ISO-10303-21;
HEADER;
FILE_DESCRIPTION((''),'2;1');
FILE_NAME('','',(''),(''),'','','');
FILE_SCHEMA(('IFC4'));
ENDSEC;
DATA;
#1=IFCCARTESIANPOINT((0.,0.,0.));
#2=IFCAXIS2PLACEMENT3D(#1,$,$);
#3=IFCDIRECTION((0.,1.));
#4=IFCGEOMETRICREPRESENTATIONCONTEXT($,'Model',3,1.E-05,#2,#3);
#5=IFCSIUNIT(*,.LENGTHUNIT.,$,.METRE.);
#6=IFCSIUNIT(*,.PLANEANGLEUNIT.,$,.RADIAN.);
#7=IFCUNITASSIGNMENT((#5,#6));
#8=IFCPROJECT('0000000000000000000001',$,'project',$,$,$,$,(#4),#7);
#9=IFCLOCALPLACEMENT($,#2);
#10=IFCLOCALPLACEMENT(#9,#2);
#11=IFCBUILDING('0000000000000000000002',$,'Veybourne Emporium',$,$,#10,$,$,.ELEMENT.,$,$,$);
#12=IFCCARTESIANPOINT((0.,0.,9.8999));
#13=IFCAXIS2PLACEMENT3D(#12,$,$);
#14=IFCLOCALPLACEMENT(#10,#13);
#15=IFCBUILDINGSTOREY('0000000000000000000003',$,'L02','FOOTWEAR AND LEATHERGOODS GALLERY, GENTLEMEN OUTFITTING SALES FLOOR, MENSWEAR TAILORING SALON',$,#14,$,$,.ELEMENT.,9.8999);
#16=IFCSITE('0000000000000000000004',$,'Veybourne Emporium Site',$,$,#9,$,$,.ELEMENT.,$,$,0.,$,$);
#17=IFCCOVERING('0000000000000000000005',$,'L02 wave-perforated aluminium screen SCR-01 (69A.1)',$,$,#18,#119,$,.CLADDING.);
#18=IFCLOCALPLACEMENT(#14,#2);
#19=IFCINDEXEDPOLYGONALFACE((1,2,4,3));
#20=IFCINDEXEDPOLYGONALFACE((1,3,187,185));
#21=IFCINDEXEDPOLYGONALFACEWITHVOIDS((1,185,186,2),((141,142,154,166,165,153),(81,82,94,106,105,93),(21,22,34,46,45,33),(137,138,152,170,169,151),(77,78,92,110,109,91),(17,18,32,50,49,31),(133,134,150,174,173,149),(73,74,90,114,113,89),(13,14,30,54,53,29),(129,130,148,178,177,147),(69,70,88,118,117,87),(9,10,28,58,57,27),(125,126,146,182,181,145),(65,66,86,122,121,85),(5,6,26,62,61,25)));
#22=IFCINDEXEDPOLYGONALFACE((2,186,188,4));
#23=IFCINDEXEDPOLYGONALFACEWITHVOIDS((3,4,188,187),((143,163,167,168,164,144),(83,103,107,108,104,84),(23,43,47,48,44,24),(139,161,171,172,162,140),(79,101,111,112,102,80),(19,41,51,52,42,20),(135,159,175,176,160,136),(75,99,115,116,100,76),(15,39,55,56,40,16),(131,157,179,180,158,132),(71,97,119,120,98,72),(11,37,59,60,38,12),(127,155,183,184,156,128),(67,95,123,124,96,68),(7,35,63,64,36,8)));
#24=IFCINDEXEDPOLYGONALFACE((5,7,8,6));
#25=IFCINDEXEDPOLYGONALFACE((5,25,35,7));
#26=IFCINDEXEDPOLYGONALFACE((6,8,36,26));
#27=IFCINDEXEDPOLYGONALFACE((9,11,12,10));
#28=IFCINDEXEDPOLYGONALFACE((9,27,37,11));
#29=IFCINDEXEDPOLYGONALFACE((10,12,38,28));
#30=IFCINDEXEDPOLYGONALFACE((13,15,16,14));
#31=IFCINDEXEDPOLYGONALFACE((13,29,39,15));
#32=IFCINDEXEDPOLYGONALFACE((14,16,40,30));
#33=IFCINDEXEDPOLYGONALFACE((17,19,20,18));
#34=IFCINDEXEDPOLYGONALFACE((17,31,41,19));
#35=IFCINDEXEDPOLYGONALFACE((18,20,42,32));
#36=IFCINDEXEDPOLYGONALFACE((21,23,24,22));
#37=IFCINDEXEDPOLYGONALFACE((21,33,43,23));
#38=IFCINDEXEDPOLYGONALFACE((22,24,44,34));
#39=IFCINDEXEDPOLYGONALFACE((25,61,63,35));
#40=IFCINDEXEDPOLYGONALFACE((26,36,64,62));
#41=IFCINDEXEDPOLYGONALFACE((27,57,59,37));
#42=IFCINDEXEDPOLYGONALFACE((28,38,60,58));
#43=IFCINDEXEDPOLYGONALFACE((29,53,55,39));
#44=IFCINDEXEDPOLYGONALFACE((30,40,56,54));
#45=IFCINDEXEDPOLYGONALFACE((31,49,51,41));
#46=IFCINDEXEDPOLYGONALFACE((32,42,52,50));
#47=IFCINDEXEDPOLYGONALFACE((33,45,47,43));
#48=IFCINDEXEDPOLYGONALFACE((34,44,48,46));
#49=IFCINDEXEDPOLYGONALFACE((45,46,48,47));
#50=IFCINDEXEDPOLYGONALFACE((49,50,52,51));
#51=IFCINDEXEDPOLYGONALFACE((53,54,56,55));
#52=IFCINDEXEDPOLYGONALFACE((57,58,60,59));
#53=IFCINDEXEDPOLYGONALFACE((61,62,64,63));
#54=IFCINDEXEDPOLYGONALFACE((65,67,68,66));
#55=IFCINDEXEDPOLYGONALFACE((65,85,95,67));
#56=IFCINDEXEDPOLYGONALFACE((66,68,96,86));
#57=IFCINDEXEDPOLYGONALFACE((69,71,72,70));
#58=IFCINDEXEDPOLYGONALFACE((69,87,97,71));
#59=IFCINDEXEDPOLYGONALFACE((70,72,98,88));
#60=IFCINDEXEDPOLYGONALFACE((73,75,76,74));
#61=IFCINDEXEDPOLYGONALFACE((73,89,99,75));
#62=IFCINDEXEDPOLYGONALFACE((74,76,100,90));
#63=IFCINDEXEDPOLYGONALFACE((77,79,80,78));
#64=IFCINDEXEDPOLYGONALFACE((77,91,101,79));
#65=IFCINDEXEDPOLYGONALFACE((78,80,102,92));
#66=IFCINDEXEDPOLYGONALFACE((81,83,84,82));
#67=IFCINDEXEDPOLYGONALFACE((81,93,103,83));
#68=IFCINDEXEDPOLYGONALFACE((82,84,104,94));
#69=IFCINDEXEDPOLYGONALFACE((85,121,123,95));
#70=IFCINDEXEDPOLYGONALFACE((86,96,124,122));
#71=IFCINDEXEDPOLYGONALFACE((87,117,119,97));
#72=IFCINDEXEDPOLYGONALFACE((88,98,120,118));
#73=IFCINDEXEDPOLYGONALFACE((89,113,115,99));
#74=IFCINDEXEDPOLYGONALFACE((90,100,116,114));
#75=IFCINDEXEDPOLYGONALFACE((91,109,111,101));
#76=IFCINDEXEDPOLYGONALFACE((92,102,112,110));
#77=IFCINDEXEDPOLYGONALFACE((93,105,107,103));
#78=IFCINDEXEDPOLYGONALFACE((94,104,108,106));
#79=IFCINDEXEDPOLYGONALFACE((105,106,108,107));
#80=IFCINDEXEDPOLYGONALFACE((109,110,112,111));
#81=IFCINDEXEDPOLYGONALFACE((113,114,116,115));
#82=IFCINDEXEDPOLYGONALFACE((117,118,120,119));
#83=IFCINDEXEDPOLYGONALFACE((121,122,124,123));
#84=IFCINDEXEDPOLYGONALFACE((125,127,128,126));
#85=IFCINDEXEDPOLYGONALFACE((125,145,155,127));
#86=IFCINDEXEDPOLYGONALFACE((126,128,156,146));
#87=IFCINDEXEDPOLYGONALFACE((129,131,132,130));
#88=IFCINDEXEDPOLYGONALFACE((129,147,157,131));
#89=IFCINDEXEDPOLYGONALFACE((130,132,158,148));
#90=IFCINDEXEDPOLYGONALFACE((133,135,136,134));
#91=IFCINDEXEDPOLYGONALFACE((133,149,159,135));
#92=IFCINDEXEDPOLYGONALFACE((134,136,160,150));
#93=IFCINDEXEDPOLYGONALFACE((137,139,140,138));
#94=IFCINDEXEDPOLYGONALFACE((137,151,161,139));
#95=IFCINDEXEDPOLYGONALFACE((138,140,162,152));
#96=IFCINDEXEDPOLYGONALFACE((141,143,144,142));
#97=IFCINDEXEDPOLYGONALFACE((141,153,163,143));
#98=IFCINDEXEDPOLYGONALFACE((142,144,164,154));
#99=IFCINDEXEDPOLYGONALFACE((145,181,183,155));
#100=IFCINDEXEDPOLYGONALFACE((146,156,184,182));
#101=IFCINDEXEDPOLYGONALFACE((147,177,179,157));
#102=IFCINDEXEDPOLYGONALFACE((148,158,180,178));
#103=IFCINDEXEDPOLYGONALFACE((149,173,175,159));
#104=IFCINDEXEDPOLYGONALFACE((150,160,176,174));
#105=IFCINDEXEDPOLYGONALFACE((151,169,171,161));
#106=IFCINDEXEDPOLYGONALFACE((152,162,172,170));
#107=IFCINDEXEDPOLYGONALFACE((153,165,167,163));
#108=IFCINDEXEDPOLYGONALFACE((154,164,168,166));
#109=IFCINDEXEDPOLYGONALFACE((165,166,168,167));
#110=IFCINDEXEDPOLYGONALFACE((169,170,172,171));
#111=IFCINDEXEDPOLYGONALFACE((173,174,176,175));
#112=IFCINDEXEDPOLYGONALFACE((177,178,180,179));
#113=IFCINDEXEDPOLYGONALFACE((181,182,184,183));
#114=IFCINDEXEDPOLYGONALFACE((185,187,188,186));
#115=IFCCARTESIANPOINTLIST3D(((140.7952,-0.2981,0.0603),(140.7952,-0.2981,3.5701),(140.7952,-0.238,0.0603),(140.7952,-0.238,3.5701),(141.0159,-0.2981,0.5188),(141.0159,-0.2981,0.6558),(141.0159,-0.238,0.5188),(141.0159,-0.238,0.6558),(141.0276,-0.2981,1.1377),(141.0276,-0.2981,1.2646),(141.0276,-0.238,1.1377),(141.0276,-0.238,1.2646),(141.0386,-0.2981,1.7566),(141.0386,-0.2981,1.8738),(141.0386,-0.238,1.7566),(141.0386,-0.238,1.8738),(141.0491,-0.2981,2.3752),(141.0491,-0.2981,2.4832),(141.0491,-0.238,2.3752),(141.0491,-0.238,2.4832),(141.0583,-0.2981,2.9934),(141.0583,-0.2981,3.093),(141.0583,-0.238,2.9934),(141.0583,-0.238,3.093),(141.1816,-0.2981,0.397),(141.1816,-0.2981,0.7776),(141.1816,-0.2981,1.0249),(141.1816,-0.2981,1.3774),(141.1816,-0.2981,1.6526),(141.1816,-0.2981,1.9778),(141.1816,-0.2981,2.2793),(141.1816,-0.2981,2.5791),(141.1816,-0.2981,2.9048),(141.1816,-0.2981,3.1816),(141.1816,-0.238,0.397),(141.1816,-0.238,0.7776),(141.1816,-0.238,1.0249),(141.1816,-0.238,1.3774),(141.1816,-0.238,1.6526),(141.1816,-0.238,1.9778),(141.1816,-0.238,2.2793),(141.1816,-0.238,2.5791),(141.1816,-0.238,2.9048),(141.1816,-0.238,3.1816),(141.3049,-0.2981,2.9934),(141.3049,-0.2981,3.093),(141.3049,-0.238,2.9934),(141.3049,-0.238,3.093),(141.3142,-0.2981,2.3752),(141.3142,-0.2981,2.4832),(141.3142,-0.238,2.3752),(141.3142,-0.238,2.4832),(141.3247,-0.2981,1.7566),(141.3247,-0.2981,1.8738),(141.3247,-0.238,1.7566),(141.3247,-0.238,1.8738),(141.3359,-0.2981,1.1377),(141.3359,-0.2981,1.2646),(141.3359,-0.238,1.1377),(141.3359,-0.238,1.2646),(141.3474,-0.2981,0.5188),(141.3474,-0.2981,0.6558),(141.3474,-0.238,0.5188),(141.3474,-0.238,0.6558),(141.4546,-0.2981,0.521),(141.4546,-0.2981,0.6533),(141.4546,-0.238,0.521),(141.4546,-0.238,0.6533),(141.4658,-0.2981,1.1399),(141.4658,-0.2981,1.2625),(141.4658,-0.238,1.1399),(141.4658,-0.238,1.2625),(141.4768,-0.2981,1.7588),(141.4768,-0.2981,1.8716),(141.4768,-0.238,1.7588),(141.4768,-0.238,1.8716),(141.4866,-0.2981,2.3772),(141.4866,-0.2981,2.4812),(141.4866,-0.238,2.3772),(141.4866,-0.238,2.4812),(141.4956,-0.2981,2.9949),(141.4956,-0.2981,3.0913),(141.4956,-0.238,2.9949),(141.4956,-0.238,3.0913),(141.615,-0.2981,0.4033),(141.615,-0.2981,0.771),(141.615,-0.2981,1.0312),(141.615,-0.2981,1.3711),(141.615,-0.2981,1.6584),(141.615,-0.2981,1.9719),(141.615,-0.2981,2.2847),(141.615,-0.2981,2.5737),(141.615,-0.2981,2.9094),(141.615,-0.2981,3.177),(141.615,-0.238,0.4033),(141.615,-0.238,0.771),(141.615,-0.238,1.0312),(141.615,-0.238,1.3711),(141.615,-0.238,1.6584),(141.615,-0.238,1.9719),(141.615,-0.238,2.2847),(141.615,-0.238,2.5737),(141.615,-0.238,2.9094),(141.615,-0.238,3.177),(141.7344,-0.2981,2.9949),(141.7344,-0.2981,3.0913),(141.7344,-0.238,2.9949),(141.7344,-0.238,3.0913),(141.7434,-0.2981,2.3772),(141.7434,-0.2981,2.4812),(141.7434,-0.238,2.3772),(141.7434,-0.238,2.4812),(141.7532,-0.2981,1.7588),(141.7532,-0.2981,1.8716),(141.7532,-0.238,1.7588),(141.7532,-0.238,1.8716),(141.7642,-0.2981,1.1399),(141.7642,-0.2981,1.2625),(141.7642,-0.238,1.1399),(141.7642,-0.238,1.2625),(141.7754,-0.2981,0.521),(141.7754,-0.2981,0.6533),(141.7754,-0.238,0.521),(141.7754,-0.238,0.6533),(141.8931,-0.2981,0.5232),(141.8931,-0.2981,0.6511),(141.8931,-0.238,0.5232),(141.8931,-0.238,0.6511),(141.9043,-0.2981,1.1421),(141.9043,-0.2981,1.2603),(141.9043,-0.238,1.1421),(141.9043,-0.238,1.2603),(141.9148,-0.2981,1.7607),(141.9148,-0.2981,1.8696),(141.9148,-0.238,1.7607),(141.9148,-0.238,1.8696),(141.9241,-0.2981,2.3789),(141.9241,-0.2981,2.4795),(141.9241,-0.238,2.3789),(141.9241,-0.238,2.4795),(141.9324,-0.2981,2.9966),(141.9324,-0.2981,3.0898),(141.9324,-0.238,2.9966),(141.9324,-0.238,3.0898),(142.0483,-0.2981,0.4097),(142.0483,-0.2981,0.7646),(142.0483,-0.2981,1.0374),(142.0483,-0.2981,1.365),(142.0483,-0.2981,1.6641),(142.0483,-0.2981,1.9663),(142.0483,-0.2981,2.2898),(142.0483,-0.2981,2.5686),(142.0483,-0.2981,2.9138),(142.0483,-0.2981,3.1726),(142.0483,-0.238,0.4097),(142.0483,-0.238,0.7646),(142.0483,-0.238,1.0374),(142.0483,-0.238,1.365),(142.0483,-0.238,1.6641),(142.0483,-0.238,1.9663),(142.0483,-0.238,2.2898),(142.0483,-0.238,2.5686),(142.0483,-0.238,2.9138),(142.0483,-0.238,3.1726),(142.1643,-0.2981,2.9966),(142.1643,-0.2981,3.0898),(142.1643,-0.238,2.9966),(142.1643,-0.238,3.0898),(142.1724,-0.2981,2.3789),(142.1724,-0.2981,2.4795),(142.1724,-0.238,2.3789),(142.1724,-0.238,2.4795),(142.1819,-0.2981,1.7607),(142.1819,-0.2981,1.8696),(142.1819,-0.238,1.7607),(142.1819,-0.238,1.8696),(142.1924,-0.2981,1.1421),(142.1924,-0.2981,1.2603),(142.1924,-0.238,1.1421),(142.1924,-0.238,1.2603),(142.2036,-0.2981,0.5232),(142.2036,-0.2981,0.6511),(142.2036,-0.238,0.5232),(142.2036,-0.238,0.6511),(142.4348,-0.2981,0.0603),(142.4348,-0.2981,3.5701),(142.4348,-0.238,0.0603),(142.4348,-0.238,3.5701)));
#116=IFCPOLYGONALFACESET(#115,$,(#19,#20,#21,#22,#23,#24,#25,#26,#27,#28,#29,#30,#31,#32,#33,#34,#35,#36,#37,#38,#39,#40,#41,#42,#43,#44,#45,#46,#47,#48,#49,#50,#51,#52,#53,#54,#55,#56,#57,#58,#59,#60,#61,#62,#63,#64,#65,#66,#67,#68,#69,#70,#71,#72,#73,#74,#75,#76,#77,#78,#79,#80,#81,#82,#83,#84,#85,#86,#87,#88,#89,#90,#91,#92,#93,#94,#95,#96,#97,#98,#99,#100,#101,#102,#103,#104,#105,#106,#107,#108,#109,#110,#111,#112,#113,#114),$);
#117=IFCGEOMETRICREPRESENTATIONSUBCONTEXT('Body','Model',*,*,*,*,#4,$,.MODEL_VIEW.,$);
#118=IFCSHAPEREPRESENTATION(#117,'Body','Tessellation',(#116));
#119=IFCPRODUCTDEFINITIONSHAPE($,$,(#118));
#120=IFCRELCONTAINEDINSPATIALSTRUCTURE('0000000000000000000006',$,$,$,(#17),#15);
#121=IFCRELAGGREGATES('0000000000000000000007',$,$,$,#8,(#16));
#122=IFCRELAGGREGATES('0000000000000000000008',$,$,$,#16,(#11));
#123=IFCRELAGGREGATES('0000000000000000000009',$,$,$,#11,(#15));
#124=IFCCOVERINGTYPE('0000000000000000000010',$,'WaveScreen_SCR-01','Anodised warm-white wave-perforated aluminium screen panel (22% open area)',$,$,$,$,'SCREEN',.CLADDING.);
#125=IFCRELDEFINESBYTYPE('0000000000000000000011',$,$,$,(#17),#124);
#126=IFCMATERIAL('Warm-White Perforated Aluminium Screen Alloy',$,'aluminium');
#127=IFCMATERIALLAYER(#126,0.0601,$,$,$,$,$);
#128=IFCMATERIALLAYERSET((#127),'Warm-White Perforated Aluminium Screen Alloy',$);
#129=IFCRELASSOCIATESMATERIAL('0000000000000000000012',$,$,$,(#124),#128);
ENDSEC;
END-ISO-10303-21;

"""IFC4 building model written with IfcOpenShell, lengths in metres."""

from ifc_helpers import new_model, si_unit, direction, frame, origin, place, context, subcontext, project, spatial, polyline, outline, extrude, material, layer, layer_set, type_object, element, save


model = new_model("IFC4")

# Units and contexts
model_context = context("Model", 3, precision=1e-05, world=origin(), true_north=direction((0.0, 1.0)))
body_context = subcontext(model_context, "Body", "Model", "MODEL_VIEW")
ifc_project = project(units=[si_unit("LENGTHUNIT", "METRE"), si_unit("PLANEANGLEUNIT", "RADIAN")], contexts=[model_context])

# Site, building, storey
site_placement = place(None, origin())
site = spatial("IfcSite", under=ifc_project, at=site_placement, Name="Veybourne Emporium Site", CompositionType="ELEMENT", RefElevation=0.0)
building_placement = place(site_placement, origin())
building = spatial("IfcBuilding", under=site, at=building_placement, Name="Veybourne Emporium", CompositionType="ELEMENT")
storey_placement = place(building_placement, frame((0.0, 0.0, 9.8999)))
storey = spatial("IfcBuildingStorey", under=building, at=storey_placement, Name="L02", Description="FOOTWEAR AND LEATHERGOODS GALLERY, GENTLEMEN OUTFITTING SALES FLOOR, MENSWEAR TAILORING SALON", CompositionType="ELEMENT", Elevation=9.8999)

# Covering
ifc_material_1 = material(Name="Warm-White Perforated Aluminium Screen Alloy", Category="aluminium")
ifc_layer_1 = layer(ifc_material_1, 0.0601)
ifc_layer_set_1 = layer_set([ifc_layer_1], Name="Warm-White Perforated Aluminium Screen Alloy")
covering_type_1 = type_object("IfcCoveringType", Name="WaveScreen_SCR-01", Description="Anodised warm-white wave-perforated aluminium screen panel (22% open area)", ElementType="SCREEN", PredefinedType="CLADDING", material=ifc_layer_set_1)
covering_1_placement = place(storey_placement, frame((141.615, -0.2981, 1.8152), z_axis=(0.0, 1.0, 0.0), x_axis=(-1.0, 0.0, 0.0)))
element("IfcCovering", 1, at=covering_1_placement, inside=storey, type_object=covering_type_1, Name="L02 wave-perforated aluminium screen SCR-01 (69A.1)", PredefinedType="CLADDING", context=body_context, shape_type="SweptSolid", body=[
    extrude(outline(polyline([(-0.8198, -1.7549), (0.8198, -1.7549), (0.8198, 1.7549), (-0.8198, 1.7549), (-0.8198, -1.7549)]), holes=[polyline([(-0.4333, -1.0505), (-0.2781, -1.1641), (-0.2781, -1.292), (-0.4333, -1.4055), (-0.5886, -1.292), (-0.5886, -1.1641), (-0.4333, -1.0505)]), polyline([(-0.4333, -0.4502), (-0.2893, -0.5549), (-0.2893, -0.6731), (-0.4333, -0.7778), (-0.5774, -0.6731), (-0.5774, -0.5549), (-0.4333, -0.4502)]), polyline([(-0.4333, 0.1511), (-0.2998, 0.0544), (-0.2998, -0.0544), (-0.4333, -0.1511), (-0.5669, -0.0544), (-0.5669, 0.0544), (-0.4333, 0.1511)]), polyline([(-0.4333, 0.7534), (-0.3091, 0.6643), (-0.3091, 0.5637), (-0.4333, 0.4746), (-0.5574, 0.5637), (-0.5574, 0.6643), (-0.4333, 0.7534)]), polyline([(-0.4333, 1.3574), (-0.3174, 1.2747), (-0.3174, 1.1814), (-0.4333, 1.0986), (-0.5493, 1.1814), (-0.5493, 1.2747), (-0.4333, 1.3574)]), polyline([(0.0, -1.0442), (0.1604, -1.1619), (0.1604, -1.2942), (0.0, -1.4119), (-0.1604, -1.2942), (-0.1604, -1.1619), (0.0, -1.0442)]), polyline([(0.0, -0.4441), (0.1492, -0.5527), (0.1492, -0.6753), (0.0, -0.7839), (-0.1492, -0.6753), (-0.1492, -0.5527), (0.0, -0.4441)]), polyline([(0.0, 0.1567), (0.1382, 0.0564), (0.1382, -0.0564), (0.0, -0.1567), (-0.1382, -0.0564), (-0.1382, 0.0564), (0.0, 0.1567)]), polyline([(0.0, 0.7585), (0.1284, 0.666), (0.1284, 0.562), (0.0, 0.4695), (-0.1284, 0.562), (-0.1284, 0.666), (0.0, 0.7585)]), polyline([(0.0, 1.3618), (0.1194, 1.2761), (0.1194, 1.1797), (0.0, 1.0942), (-0.1194, 1.1797), (-0.1194, 1.2761), (0.0, 1.3618)]), polyline([(0.4333, -1.0376), (0.5991, -1.1594), (0.5991, -1.2964), (0.4333, -1.4182), (0.2676, -1.2964), (0.2676, -1.1594), (0.4333, -1.0376)]), polyline([(0.4333, -0.4377), (0.5874, -0.5505), (0.5874, -0.6775), (0.4333, -0.7903), (0.2791, -0.6775), (0.2791, -0.5505), (0.4333, -0.4377)]), polyline([(0.4333, 0.1626), (0.5764, 0.0586), (0.5764, -0.0586), (0.4333, -0.1626), (0.2903, -0.0586), (0.2903, 0.0586), (0.4333, 0.1626)]), polyline([(0.4333, 0.7639), (0.5659, 0.668), (0.5659, 0.5601), (0.4333, 0.4641), (0.3008, 0.5601), (0.3008, 0.668), (0.4333, 0.7639)]), polyline([(0.4333, 1.3665), (0.5566, 1.2778), (0.5566, 1.1782), (0.4333, 1.0896), (0.3101, 1.1782), (0.3101, 1.2778), (0.4333, 1.3665)])]), origin(), (0.0, 0.0, 1.0), 0.0601),
])

save(model, "model.ifc")
